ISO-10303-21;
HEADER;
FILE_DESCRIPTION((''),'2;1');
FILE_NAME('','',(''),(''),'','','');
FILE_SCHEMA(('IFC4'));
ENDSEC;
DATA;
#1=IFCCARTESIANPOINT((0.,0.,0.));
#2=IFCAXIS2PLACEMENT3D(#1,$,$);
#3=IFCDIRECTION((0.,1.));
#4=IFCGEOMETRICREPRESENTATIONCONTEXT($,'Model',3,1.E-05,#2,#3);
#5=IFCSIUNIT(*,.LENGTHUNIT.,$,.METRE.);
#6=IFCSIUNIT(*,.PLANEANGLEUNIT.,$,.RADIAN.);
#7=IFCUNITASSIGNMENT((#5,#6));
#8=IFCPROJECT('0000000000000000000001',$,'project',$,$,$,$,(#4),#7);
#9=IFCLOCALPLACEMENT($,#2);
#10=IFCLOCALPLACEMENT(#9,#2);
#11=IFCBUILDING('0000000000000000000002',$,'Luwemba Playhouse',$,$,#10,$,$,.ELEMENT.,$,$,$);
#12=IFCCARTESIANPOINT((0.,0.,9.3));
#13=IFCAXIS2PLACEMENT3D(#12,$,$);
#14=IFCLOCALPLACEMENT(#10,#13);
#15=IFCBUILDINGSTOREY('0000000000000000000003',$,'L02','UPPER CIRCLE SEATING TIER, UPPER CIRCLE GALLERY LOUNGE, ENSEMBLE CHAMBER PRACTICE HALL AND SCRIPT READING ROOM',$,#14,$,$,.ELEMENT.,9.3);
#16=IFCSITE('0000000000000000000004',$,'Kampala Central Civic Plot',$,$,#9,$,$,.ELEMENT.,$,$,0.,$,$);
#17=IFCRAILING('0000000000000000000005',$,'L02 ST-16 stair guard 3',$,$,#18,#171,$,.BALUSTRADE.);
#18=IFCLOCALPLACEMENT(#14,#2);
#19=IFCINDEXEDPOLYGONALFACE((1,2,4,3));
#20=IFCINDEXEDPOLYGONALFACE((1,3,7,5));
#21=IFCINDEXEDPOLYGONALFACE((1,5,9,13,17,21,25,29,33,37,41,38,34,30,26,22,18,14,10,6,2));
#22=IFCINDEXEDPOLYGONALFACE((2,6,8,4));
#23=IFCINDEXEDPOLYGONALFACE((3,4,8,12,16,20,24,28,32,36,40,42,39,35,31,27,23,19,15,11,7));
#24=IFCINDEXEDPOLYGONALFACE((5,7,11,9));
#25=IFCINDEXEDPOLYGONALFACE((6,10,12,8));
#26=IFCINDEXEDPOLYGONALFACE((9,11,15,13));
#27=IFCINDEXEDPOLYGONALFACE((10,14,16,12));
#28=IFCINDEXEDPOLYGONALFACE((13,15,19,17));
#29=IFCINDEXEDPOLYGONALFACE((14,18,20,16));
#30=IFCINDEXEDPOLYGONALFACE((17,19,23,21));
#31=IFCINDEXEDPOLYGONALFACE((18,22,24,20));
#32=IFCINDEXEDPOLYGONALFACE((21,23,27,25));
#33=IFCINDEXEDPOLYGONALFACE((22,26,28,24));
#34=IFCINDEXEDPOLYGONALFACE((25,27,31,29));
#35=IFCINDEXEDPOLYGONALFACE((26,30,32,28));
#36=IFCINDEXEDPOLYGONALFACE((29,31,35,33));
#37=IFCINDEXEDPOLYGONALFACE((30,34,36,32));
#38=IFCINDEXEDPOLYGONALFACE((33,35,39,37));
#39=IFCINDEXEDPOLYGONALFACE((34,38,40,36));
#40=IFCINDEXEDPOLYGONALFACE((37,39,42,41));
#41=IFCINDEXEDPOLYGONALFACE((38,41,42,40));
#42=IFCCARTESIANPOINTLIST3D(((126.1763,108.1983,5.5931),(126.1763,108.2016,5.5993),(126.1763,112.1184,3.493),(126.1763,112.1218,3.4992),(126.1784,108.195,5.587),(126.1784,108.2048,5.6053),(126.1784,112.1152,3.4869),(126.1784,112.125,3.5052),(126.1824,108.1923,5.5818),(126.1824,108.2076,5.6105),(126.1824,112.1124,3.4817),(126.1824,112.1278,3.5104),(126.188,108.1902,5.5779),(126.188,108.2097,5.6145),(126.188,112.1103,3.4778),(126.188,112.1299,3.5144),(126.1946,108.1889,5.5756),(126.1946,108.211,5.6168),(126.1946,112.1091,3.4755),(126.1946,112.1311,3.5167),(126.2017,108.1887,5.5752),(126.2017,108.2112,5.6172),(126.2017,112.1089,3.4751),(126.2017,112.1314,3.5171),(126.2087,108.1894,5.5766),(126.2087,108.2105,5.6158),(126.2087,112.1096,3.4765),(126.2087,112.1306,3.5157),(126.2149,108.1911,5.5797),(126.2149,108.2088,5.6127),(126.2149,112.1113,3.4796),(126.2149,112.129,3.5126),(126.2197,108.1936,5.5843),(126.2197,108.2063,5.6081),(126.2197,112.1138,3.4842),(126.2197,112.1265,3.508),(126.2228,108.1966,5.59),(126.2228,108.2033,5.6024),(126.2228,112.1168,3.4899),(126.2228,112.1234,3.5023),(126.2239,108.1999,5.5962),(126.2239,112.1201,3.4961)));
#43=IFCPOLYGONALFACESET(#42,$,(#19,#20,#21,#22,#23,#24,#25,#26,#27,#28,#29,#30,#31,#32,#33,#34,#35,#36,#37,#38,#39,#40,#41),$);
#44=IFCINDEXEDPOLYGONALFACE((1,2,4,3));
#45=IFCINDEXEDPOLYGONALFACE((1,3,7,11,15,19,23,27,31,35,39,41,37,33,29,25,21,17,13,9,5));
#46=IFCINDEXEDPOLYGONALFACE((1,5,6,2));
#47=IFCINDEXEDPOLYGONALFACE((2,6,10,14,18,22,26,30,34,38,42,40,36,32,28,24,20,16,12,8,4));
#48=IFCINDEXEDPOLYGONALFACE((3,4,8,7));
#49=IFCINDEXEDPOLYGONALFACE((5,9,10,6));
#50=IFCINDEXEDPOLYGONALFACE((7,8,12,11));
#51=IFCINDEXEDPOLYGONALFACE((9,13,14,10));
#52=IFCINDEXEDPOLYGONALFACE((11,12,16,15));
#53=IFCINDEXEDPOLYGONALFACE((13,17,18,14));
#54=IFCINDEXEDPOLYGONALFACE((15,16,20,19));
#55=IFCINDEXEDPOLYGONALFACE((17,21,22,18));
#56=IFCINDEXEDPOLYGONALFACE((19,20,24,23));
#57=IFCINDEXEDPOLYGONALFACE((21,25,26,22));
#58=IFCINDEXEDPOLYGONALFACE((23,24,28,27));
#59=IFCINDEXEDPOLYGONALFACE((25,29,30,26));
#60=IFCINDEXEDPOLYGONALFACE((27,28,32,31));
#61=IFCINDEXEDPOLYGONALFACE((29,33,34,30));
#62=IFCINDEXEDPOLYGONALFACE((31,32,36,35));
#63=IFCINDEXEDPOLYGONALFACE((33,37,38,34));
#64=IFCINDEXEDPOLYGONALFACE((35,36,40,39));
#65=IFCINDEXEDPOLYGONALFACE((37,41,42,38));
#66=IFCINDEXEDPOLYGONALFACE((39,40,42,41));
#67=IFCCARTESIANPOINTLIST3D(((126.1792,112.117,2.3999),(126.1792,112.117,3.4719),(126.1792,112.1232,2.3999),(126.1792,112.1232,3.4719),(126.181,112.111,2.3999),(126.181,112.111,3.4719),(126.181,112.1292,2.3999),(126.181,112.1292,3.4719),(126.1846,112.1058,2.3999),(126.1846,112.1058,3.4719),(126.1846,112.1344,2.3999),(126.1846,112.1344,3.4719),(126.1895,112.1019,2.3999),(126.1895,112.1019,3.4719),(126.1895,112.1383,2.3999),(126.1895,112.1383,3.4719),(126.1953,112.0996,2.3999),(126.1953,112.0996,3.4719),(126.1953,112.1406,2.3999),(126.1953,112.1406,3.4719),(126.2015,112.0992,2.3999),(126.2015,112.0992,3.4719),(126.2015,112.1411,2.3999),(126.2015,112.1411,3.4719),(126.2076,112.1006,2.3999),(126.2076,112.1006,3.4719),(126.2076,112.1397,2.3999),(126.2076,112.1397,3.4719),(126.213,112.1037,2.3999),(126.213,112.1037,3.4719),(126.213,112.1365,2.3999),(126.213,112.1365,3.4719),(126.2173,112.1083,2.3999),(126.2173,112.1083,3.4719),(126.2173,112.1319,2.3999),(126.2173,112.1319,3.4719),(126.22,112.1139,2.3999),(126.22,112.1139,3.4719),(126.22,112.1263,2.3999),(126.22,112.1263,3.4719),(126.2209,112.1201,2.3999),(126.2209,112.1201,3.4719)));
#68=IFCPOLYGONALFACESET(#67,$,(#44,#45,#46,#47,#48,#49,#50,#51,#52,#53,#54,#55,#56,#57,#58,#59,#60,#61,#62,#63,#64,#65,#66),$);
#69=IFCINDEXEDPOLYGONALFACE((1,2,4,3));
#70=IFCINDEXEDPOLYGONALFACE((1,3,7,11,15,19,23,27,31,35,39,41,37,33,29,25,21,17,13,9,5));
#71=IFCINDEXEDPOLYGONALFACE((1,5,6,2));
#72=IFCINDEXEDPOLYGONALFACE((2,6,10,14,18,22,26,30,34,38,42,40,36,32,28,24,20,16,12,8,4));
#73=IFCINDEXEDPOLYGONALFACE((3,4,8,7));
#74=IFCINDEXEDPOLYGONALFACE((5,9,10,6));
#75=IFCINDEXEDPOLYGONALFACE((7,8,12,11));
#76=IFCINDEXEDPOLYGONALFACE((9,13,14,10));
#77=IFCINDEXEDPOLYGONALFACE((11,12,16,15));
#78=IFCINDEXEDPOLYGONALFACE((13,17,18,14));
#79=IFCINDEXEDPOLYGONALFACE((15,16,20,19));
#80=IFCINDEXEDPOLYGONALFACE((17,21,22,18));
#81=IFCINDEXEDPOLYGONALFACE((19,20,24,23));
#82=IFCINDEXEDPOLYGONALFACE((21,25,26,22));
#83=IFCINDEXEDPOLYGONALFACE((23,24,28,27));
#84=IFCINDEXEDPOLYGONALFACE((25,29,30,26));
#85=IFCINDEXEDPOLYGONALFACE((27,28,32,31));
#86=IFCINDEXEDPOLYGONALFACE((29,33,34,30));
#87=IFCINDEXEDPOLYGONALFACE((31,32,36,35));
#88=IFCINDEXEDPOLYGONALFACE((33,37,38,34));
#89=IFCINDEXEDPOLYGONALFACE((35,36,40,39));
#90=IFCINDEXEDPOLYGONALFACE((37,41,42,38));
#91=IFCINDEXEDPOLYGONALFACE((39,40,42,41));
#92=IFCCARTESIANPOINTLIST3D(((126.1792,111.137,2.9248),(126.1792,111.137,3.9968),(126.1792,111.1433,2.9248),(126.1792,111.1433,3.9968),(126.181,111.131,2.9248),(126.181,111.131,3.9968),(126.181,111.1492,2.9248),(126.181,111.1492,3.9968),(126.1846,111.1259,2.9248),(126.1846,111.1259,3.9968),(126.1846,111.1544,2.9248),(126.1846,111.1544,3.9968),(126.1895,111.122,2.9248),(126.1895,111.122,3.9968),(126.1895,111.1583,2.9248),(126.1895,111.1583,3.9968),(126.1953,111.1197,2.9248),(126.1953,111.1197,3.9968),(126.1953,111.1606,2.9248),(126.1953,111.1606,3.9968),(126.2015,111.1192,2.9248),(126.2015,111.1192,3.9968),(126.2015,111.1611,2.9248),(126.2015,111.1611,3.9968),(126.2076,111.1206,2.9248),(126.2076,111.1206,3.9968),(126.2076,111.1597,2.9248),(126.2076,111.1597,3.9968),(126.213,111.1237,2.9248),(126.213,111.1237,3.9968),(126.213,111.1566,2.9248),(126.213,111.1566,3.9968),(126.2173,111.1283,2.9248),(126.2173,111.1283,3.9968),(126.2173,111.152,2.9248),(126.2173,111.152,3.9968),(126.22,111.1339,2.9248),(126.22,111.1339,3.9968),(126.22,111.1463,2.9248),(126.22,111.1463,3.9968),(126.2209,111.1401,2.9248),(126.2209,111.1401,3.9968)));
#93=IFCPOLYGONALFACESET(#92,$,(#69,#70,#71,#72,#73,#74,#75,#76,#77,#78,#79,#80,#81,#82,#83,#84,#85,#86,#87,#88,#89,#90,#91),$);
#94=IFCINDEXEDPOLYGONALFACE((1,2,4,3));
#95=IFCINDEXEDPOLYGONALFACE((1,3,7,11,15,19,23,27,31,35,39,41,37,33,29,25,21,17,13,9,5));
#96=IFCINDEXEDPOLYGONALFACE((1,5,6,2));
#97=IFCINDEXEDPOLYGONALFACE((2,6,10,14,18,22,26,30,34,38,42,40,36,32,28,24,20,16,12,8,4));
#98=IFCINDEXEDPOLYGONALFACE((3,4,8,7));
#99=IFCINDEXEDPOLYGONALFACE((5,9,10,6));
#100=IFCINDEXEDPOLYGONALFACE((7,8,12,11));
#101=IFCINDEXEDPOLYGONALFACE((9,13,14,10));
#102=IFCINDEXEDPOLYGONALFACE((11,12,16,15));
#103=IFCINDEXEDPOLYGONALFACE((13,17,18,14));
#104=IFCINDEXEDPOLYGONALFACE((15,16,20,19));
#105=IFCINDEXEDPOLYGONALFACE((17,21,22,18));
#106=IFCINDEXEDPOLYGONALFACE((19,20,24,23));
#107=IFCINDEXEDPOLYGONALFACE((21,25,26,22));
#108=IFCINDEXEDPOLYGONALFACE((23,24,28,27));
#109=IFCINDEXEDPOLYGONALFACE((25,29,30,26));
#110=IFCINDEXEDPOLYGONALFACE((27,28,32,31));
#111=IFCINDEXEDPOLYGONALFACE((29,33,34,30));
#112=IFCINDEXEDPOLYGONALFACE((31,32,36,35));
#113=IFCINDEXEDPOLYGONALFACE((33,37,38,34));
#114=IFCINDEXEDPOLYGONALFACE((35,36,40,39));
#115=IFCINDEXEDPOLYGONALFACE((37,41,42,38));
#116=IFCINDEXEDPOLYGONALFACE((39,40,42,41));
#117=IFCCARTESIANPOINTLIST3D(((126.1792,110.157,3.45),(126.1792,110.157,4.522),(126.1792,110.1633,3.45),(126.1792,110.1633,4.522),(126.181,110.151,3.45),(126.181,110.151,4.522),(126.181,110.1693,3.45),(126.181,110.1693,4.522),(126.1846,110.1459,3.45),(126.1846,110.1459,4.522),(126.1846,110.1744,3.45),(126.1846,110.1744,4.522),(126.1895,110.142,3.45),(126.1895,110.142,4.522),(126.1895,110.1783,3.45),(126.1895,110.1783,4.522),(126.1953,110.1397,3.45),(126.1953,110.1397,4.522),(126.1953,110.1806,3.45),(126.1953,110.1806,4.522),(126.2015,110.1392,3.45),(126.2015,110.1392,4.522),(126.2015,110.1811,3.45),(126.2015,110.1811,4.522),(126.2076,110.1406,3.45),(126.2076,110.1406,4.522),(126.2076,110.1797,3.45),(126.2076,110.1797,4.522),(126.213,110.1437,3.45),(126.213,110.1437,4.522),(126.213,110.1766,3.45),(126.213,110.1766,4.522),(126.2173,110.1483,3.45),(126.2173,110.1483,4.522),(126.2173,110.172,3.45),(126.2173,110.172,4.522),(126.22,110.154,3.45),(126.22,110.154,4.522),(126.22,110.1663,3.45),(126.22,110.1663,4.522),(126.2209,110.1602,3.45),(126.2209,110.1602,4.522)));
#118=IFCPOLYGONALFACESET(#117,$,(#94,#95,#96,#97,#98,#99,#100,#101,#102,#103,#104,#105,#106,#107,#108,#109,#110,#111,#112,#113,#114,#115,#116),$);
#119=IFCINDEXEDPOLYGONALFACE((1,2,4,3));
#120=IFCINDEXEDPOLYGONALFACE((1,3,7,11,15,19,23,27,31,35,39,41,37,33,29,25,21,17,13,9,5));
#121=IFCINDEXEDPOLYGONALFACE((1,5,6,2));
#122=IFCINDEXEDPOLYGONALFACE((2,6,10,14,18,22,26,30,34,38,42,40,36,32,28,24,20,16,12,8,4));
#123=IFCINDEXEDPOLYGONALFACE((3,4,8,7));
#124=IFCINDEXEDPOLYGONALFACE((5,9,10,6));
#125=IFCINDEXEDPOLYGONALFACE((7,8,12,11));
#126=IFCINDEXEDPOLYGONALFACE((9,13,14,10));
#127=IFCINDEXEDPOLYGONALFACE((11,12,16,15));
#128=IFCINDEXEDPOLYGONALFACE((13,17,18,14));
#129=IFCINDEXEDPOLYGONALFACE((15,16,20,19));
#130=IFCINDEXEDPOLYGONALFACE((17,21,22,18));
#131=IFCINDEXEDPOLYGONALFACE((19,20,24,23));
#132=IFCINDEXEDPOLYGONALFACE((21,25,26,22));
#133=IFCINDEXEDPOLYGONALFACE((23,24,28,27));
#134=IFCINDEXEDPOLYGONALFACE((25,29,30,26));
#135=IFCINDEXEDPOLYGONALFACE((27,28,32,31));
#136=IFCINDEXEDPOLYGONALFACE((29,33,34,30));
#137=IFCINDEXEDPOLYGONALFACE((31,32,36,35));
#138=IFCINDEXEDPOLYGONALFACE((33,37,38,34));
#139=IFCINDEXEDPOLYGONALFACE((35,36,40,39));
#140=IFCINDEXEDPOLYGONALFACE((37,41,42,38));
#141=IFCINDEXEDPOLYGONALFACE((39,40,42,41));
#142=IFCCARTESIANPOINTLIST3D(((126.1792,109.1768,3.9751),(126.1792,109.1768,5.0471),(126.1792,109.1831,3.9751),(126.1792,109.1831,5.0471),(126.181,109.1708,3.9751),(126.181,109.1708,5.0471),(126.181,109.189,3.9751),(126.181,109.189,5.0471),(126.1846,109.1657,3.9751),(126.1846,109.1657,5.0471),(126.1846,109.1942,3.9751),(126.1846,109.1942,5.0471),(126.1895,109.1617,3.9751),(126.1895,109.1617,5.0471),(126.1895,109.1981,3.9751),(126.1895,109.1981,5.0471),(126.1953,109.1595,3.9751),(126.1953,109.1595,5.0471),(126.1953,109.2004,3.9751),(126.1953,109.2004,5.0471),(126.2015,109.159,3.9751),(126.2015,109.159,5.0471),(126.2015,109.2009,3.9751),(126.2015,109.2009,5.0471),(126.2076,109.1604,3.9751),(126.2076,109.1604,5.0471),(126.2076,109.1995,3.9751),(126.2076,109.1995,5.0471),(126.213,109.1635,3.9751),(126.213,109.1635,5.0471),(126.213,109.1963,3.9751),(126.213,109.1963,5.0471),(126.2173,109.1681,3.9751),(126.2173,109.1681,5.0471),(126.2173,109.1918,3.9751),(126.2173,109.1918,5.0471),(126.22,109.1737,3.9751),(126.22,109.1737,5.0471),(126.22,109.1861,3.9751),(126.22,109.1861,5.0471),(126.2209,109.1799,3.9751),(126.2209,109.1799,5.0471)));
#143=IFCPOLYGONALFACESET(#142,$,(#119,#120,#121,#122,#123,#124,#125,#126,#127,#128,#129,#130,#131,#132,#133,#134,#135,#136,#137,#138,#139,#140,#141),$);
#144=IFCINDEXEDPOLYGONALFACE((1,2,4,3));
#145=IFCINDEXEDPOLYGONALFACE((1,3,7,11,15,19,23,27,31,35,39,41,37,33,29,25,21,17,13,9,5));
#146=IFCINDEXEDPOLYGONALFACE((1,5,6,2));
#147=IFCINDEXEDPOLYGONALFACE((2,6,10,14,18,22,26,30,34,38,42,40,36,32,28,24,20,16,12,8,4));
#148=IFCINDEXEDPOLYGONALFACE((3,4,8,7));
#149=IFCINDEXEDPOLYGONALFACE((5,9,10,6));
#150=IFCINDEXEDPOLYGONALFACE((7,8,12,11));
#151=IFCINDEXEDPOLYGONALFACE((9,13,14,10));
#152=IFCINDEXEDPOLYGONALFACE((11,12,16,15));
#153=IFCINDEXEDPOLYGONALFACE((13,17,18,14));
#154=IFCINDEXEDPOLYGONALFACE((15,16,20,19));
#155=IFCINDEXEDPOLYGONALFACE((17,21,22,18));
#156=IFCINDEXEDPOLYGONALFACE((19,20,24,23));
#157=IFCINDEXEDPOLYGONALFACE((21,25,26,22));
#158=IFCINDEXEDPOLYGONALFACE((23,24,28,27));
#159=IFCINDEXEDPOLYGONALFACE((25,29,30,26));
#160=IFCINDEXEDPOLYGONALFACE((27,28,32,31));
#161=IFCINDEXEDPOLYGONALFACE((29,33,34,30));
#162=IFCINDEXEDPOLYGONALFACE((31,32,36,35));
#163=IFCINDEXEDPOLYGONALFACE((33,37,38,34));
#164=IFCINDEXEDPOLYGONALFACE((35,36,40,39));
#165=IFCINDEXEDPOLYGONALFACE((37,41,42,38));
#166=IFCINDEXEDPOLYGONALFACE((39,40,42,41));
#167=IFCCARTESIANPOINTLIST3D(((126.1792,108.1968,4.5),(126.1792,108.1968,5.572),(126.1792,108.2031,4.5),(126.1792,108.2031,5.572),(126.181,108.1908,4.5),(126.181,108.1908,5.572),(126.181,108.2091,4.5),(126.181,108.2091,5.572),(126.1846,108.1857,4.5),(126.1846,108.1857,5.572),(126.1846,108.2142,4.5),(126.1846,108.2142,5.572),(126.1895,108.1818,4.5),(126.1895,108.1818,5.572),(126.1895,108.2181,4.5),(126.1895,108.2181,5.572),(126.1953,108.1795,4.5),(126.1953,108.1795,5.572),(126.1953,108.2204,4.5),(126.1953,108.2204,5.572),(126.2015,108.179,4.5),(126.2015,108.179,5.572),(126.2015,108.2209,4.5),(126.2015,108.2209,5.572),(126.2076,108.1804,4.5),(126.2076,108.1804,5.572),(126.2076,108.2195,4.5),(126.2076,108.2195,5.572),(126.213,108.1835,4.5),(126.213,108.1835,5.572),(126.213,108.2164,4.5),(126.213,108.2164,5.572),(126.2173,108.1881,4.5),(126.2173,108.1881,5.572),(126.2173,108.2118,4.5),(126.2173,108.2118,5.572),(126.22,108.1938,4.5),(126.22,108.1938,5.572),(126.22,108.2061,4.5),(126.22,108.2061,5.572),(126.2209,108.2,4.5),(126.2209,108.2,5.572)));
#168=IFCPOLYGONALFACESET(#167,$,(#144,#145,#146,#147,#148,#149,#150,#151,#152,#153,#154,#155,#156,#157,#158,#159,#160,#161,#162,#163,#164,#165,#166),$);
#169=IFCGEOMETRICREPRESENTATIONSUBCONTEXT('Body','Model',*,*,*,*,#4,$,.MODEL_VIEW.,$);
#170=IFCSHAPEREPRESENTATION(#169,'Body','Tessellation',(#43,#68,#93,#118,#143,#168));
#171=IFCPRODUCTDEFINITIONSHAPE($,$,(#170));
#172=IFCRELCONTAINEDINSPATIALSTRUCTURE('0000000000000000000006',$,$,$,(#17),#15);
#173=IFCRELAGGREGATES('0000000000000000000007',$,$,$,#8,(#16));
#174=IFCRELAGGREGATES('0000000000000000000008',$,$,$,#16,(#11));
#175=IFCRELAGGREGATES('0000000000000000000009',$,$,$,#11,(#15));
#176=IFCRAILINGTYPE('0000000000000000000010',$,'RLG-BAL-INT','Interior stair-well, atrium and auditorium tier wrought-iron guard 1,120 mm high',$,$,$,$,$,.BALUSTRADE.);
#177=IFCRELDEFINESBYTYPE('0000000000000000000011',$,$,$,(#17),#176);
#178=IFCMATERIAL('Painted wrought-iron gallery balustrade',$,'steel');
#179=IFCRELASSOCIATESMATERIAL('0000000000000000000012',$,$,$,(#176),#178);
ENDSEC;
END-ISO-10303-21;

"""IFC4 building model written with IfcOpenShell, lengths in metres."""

from ifc_helpers import new_model, si_unit, direction, frame, origin, origin_2d, place, context, subcontext, project, spatial, circle, extrude, material, type_object, element, save


model = new_model("IFC4")

# Units and contexts
model_context = context("Model", 3, precision=1e-05, world=origin(), true_north=direction((0.0, 1.0)))
body_context = subcontext(model_context, "Body", "Model", "MODEL_VIEW")
ifc_project = project(units=[si_unit("LENGTHUNIT", "METRE"), si_unit("PLANEANGLEUNIT", "RADIAN")], contexts=[model_context])

# Site, building, storey
site_placement = place(None, origin())
site = spatial("IfcSite", under=ifc_project, at=site_placement, Name="Kampala Central Civic Plot", CompositionType="ELEMENT", RefElevation=0.0)
building_placement = place(site_placement, origin())
building = spatial("IfcBuilding", under=site, at=building_placement, Name="Luwemba Playhouse", CompositionType="ELEMENT")
storey_placement = place(building_placement, frame((0.0, 0.0, 9.3)))
storey = spatial("IfcBuildingStorey", under=building, at=storey_placement, Name="L02", Description="UPPER CIRCLE SEATING TIER, UPPER CIRCLE GALLERY LOUNGE, ENSEMBLE CHAMBER PRACTICE HALL AND SCRIPT READING ROOM", CompositionType="ELEMENT", Elevation=9.3)

# Railing
ifc_material_1 = material(Name="Painted wrought-iron gallery balustrade", Category="steel")
railing_type_1 = type_object("IfcRailingType", Name="RLG-BAL-INT", Description="Interior stair-well, atrium and auditorium tier wrought-iron guard 1,120 mm high", PredefinedType="BALUSTRADE", material=ifc_material_1)
railing_1_placement = place(storey_placement, frame((126.2, 112.1201, 2.3999)))
element("IfcRailing", 1, at=railing_1_placement, inside=storey, type_object=railing_type_1, Name="L02 ST-16 stair guard 3", PredefinedType="BALUSTRADE", context=body_context, shape_type="SweptSolid", body=[
    extrude(circle(Radius=0.0239, at=origin_2d()), frame((0.0, 0.0, 1.0962), z_axis=(0.0, -0.881479, 0.472223), x_axis=(1.0, 0.0, 0.0)), (0.0, 0.0, 1.0), 4.4473),
    extrude(circle(Radius=0.021, at=origin_2d()), origin(), (0.0, 0.0, 1.0), 1.072),
    extrude(circle(Radius=0.021, at=origin_2d()), frame((0.0, -0.98, 0.5249)), (0.0, 0.0, 1.0), 1.072),
    extrude(circle(Radius=0.021, at=origin_2d()), frame((0.0, -1.96, 1.05)), (0.0, 0.0, 1.0), 1.072),
    extrude(circle(Radius=0.021, at=origin_2d()), frame((0.0, -2.9402, 1.5752)), (0.0, 0.0, 1.0), 1.072),
    extrude(circle(Radius=0.021, at=origin_2d()), frame((0.0, -3.9202, 2.1001)), (0.0, 0.0, 1.0), 1.072),
])

save(model, "model.ifc")
